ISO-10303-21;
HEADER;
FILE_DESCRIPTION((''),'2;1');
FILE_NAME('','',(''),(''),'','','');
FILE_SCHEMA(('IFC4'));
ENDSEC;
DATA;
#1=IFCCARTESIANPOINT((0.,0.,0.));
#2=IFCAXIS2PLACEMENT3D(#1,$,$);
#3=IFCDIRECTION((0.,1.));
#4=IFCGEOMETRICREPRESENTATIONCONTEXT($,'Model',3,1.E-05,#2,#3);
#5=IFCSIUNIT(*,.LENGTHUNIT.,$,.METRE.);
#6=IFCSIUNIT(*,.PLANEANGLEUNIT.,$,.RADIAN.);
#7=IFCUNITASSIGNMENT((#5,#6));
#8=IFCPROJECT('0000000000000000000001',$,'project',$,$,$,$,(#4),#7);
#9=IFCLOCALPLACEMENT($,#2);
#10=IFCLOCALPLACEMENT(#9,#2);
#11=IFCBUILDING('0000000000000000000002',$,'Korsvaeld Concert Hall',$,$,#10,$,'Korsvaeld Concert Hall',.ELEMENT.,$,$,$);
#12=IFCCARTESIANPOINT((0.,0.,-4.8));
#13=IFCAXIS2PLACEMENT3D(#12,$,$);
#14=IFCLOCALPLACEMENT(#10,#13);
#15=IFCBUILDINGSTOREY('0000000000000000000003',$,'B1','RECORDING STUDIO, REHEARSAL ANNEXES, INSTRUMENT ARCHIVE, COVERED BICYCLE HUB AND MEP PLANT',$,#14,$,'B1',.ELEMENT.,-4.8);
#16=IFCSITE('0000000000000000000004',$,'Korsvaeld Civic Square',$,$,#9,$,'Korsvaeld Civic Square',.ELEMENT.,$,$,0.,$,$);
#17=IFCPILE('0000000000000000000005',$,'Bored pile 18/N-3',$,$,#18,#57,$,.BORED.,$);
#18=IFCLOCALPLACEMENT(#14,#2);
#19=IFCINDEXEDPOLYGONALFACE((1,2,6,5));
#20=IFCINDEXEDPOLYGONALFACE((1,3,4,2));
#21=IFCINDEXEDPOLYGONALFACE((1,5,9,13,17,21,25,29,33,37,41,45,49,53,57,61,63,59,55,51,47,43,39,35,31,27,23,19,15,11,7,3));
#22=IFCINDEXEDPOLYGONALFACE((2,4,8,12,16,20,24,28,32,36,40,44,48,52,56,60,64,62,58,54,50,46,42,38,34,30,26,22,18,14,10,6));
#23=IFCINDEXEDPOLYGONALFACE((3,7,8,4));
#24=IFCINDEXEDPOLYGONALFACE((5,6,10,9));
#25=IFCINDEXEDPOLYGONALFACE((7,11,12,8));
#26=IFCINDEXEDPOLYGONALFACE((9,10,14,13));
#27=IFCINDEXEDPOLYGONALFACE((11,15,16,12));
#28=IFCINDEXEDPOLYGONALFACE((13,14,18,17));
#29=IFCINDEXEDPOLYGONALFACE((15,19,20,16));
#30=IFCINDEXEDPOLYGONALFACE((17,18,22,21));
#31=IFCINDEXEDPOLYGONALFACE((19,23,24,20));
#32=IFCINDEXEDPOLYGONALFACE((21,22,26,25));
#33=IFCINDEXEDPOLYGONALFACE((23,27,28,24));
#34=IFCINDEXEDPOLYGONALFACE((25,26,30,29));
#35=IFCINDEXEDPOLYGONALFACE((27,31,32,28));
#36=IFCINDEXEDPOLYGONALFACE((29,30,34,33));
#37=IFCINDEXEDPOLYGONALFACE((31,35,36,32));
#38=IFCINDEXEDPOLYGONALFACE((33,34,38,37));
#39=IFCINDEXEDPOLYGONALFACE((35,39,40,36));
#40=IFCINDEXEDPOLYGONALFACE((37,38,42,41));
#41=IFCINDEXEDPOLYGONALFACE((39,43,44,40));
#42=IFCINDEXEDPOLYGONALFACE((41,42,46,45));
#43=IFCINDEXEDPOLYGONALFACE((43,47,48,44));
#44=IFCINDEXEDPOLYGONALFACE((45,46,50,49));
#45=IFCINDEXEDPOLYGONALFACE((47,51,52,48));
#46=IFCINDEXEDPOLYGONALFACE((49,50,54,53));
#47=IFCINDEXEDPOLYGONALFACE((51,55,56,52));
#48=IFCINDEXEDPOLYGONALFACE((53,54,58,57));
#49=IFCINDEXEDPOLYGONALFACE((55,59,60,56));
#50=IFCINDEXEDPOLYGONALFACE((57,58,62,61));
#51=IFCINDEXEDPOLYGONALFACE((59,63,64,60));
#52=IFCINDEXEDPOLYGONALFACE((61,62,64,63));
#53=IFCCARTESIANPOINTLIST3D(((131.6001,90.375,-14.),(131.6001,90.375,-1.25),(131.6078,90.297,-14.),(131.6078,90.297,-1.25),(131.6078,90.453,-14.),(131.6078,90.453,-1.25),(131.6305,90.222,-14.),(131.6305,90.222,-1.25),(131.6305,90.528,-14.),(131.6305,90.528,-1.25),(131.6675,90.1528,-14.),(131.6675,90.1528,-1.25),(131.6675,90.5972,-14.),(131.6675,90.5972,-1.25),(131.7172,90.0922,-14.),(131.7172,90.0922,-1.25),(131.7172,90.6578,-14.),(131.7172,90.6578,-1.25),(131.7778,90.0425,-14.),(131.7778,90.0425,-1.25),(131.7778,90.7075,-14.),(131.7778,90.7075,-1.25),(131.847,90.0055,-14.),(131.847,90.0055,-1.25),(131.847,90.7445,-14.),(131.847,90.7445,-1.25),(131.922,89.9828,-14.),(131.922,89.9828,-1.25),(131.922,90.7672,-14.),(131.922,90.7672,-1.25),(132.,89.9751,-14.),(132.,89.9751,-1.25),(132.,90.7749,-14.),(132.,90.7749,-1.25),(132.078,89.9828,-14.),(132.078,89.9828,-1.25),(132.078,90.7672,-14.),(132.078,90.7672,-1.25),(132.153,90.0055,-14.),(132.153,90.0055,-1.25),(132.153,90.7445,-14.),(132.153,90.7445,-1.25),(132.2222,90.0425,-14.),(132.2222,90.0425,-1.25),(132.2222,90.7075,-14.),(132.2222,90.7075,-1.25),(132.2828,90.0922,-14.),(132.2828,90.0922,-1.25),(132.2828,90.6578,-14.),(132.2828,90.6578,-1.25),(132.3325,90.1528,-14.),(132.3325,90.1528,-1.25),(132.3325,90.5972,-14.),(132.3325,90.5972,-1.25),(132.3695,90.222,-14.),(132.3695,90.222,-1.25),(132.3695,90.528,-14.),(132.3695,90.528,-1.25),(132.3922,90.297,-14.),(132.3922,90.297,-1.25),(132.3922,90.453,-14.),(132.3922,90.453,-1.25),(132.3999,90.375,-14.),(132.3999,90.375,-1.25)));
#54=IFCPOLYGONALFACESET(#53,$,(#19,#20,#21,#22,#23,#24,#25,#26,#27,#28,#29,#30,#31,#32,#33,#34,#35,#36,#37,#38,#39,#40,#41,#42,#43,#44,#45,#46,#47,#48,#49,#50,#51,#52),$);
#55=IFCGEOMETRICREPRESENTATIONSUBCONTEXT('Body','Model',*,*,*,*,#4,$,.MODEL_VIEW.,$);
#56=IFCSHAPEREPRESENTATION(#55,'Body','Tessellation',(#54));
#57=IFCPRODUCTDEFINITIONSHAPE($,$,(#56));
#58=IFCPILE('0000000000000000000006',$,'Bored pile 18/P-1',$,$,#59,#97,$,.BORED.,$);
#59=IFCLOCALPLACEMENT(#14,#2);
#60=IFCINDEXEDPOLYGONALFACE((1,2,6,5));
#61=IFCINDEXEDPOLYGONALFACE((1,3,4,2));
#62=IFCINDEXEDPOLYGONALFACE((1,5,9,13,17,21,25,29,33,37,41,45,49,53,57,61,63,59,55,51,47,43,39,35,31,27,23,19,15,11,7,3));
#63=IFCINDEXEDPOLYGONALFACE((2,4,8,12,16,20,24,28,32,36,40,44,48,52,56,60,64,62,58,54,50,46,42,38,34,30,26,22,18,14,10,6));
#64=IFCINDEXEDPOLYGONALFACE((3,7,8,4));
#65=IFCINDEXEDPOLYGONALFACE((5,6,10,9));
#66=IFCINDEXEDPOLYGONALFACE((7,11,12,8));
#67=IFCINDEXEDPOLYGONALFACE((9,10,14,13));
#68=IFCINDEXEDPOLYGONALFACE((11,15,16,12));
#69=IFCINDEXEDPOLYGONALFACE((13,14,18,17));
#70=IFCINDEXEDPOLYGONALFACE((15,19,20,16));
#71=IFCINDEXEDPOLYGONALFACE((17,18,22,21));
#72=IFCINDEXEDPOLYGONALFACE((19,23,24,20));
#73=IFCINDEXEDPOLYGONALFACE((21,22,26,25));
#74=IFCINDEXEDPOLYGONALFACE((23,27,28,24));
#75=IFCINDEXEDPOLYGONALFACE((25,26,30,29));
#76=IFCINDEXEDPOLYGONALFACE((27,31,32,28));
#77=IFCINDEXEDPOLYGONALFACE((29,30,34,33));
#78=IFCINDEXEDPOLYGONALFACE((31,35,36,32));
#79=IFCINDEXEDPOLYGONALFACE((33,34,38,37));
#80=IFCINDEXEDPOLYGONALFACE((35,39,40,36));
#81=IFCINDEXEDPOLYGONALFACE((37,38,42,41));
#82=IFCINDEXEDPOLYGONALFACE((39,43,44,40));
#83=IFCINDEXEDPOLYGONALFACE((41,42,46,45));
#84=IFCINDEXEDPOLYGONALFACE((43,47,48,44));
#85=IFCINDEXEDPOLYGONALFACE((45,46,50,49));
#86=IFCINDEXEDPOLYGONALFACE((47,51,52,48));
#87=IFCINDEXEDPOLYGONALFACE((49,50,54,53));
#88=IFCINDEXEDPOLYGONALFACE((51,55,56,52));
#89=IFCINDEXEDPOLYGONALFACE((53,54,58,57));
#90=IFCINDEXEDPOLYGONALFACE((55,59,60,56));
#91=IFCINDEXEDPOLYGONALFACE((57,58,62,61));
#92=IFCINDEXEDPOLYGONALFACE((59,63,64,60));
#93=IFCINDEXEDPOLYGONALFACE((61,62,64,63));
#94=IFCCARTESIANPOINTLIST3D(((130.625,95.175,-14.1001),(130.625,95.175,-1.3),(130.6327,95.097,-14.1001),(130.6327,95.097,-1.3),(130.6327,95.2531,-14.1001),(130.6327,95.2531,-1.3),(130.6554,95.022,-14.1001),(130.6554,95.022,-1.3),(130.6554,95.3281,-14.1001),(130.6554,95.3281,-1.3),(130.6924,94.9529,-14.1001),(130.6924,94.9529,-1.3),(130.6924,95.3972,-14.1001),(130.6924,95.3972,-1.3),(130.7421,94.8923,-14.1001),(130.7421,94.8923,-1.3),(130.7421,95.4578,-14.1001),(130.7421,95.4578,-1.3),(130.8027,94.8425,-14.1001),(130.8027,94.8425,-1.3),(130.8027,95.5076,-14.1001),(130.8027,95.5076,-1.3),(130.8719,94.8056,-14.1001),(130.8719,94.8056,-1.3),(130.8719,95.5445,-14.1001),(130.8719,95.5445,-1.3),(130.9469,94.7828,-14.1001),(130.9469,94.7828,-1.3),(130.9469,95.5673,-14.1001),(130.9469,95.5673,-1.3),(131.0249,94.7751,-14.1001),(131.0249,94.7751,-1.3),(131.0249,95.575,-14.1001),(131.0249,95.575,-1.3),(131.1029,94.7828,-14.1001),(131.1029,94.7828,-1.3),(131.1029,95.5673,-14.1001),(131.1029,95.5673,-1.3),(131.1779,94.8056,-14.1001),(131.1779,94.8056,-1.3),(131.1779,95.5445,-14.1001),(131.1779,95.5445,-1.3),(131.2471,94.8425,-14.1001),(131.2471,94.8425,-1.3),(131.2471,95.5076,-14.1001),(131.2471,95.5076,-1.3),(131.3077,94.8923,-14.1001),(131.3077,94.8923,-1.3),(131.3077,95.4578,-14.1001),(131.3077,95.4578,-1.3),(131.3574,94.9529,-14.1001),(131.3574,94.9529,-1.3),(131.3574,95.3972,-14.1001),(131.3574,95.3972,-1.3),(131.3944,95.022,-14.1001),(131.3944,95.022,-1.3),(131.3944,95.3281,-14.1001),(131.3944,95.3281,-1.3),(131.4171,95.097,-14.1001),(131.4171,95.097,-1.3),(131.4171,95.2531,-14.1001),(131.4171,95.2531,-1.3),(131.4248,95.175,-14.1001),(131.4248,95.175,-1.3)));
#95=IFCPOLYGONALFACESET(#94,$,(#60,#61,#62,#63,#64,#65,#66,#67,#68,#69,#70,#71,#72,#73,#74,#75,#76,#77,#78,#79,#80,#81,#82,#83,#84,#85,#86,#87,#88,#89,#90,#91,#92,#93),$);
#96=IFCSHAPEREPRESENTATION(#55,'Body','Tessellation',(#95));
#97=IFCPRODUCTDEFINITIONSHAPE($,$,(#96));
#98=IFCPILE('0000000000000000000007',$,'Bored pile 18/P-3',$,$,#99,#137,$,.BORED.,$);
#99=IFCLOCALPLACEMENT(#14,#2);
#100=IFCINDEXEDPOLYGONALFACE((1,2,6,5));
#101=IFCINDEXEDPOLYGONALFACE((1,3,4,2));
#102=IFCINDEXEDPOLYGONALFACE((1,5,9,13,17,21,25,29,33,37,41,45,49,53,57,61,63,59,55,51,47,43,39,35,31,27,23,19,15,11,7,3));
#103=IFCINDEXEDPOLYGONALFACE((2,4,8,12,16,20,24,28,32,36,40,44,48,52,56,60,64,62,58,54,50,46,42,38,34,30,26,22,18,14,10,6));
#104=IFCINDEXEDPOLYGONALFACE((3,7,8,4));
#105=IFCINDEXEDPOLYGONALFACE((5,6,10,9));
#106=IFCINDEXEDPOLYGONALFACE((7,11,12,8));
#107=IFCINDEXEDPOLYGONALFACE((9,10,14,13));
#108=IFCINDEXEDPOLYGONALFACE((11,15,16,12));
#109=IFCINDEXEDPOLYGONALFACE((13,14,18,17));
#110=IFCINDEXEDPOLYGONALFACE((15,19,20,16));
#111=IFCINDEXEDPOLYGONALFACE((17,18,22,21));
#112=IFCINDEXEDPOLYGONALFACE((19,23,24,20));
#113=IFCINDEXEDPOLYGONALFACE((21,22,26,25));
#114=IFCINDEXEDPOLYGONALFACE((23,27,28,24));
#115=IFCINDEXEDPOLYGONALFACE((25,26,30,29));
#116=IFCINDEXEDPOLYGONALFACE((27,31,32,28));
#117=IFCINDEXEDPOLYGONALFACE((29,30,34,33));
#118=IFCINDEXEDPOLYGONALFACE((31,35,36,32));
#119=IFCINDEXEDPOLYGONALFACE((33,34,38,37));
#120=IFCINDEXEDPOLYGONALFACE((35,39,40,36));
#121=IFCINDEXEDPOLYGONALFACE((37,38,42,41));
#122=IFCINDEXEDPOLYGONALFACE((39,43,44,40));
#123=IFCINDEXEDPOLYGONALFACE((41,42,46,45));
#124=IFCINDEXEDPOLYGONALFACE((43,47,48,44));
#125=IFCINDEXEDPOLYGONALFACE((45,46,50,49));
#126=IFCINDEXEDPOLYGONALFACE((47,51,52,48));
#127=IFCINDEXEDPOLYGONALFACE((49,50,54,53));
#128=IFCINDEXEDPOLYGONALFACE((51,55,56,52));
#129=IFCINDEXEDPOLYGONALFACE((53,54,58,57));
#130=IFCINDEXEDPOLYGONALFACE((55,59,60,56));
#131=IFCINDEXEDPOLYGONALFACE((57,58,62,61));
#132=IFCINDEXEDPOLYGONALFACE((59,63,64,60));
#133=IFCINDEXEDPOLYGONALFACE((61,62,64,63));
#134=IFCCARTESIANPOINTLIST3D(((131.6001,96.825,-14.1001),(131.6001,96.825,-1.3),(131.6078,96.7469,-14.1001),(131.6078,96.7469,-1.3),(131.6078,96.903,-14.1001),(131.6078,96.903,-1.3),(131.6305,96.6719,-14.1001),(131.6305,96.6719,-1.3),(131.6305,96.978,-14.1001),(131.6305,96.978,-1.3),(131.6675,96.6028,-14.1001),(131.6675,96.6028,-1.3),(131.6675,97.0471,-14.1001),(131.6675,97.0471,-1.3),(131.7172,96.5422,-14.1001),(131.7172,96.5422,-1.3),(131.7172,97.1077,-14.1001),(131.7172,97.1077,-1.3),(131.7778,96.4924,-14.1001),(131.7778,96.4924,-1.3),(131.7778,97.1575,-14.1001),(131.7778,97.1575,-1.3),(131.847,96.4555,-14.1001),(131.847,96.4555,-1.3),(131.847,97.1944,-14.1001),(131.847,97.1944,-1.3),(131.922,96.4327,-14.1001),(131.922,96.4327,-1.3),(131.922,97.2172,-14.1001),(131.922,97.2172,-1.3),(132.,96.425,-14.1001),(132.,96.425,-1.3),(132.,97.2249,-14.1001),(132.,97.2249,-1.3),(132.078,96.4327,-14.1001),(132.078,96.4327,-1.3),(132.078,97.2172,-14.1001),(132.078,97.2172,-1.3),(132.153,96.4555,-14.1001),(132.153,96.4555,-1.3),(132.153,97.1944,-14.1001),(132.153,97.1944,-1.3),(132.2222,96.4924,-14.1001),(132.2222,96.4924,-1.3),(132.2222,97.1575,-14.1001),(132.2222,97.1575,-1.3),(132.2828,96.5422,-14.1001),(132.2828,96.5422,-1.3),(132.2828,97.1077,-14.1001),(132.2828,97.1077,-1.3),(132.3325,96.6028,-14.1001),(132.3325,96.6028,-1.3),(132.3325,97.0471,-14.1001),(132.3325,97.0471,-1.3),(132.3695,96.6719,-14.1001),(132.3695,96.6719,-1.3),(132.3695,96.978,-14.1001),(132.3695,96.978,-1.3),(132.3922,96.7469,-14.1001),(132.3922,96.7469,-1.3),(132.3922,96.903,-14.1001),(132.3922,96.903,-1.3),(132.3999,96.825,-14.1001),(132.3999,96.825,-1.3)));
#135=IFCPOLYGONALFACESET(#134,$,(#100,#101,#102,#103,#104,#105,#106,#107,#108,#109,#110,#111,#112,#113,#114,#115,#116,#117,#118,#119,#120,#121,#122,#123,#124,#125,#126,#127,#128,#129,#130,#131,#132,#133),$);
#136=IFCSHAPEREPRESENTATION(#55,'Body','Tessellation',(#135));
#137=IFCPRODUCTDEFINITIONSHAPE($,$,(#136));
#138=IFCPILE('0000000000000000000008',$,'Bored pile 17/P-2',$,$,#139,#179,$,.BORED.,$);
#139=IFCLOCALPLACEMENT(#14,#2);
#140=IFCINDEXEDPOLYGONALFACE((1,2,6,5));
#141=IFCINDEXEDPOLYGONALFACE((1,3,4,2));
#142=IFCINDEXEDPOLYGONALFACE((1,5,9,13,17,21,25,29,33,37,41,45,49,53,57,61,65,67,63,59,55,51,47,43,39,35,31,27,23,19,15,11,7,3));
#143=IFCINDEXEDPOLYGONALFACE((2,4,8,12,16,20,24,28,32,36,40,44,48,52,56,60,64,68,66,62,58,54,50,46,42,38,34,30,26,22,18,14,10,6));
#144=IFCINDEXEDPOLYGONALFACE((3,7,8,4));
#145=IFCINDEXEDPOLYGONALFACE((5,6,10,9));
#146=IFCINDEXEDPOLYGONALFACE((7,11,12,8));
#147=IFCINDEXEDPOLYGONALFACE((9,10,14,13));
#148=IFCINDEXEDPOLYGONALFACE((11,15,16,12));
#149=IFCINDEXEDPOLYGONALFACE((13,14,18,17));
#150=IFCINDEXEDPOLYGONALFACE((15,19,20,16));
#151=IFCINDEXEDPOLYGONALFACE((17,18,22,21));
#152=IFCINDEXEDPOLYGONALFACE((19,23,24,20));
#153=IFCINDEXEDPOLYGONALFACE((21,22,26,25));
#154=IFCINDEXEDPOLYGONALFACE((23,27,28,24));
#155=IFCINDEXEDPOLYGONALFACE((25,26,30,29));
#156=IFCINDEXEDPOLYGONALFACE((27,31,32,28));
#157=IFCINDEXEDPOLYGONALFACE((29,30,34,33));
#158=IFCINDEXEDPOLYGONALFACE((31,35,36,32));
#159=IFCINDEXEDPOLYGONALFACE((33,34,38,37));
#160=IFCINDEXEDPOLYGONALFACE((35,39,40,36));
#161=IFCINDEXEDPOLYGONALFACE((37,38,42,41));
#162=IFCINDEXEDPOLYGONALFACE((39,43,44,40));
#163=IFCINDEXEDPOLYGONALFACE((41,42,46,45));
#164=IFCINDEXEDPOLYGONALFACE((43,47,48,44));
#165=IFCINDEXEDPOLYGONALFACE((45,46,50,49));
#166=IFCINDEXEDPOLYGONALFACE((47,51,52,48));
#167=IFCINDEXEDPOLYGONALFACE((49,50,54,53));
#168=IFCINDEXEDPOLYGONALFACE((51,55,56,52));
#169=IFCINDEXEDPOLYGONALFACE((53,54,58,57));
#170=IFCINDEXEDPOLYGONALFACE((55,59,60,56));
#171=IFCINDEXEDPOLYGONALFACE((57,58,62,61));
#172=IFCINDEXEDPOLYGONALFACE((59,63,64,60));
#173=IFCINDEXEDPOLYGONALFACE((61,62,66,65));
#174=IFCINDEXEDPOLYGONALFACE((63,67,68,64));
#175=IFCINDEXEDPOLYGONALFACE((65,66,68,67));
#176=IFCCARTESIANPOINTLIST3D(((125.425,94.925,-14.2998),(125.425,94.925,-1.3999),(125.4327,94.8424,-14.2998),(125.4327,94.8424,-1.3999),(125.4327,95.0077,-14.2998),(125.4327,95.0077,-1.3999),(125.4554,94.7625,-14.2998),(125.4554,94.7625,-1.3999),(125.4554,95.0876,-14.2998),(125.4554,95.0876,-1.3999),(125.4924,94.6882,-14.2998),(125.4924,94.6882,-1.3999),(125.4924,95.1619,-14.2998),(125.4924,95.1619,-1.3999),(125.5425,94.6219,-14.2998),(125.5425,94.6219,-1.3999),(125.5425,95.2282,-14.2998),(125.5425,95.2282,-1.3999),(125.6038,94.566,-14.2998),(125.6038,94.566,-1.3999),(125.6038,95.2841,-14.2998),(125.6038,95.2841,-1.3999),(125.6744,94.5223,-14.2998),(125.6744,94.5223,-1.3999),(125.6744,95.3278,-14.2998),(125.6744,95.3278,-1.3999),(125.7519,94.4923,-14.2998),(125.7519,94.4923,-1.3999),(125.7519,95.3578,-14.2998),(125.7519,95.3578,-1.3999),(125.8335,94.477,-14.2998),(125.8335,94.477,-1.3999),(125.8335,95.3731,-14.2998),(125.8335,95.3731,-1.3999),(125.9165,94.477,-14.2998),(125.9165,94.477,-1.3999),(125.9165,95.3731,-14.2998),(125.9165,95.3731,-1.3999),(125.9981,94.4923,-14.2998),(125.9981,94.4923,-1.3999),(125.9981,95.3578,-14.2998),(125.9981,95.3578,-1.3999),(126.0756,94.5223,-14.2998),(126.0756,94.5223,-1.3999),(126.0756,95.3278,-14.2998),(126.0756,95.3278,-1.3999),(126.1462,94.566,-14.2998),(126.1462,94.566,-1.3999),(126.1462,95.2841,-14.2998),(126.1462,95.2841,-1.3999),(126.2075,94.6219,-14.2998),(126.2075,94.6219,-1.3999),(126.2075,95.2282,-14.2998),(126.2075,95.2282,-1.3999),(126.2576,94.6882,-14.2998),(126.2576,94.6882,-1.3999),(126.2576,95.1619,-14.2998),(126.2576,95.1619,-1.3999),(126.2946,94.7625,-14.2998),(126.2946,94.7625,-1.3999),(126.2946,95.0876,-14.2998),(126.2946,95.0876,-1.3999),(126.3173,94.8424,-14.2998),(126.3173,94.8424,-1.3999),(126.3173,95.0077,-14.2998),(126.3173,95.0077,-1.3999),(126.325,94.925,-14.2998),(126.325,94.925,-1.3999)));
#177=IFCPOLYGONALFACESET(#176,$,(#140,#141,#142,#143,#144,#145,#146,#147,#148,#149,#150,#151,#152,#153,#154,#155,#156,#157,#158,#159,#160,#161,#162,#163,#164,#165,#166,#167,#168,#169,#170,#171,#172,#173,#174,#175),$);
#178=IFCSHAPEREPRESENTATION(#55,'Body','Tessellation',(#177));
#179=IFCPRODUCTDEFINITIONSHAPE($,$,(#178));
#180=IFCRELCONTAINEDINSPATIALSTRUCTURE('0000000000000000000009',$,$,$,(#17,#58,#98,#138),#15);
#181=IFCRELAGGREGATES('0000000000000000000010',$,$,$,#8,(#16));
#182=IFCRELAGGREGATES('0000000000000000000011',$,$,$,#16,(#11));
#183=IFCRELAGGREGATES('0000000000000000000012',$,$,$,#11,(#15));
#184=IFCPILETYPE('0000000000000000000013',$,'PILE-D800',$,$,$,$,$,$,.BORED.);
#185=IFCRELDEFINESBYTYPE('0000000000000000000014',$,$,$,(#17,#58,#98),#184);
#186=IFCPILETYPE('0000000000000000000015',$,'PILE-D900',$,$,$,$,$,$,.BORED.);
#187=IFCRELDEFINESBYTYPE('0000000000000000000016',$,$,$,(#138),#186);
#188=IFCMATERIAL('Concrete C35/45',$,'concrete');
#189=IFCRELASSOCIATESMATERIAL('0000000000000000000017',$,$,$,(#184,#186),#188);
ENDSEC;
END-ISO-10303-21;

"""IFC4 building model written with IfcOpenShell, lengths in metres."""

from ifc_helpers import new_model, si_unit, direction, frame, origin, origin_2d, place, context, subcontext, project, spatial, circle, extrude, material, material_profile, profile_set, type_object, element, save


model = new_model("IFC4")

# Units and contexts
model_context = context("Model", 3, precision=1e-05, world=origin(), true_north=direction((0.0, 1.0)))
body_context = subcontext(model_context, "Body", "Model", "MODEL_VIEW")
ifc_project = project(units=[si_unit("LENGTHUNIT", "METRE"), si_unit("PLANEANGLEUNIT", "RADIAN")], contexts=[model_context])

# Site, building, storey
site_placement = place(None, origin())
site = spatial("IfcSite", under=ifc_project, at=site_placement, Name="Korsvaeld Civic Square", LongName="Korsvaeld Civic Square", CompositionType="ELEMENT", RefElevation=0.0)
building_placement = place(site_placement, origin())
building = spatial("IfcBuilding", under=site, at=building_placement, Name="Korsvaeld Concert Hall", LongName="Korsvaeld Concert Hall", CompositionType="ELEMENT")
storey_placement = place(building_placement, frame((0.0, 0.0, -4.8)))
storey = spatial("IfcBuildingStorey", under=building, at=storey_placement, Name="B1", Description="RECORDING STUDIO, REHEARSAL ANNEXES, INSTRUMENT ARCHIVE, COVERED BICYCLE HUB AND MEP PLANT", LongName="B1", CompositionType="ELEMENT", Elevation=-4.8)

# Shared definitions
ifc_material_1 = material(Name="Concrete C35/45", Category="concrete")

# Piles
ifc_material_profile_1 = material_profile(ifc_material_1, circle(Radius=0.3999, at=origin_2d()), Name="BORED PILE D800")
ifc_profile_set_1 = profile_set([ifc_material_profile_1], Name="Concrete C35/45")
pile_type_1 = type_object("IfcPileType", Name="PILE-D800", PredefinedType="BORED", material=ifc_profile_set_1)
pile_1_placement = place(storey_placement, frame((132.0, 90.375, -1.25), z_axis=(0.0, 0.0, -1.0), x_axis=(1.0, 0.0, 0.0)))
element("IfcPile", 1, at=pile_1_placement, inside=storey, type_object=pile_type_1, Name="Bored pile 18/N-3", PredefinedType="BORED", context=body_context, shape_type="SweptSolid", body=[
    extrude(circle(Radius=0.3999, at=origin_2d()), origin(), (0.0, 0.0, 1.0), 12.75),
])
for number, where, z_axis, x_axis, name in (
    (2, (131.0249, 95.175, -1.3), (0.0, 0.0, -1.0), (1.0, 0.0, 0.0), "Bored pile 18/P-1"),
    (3, (132.0, 96.825, -1.3), (0.0, 0.0, -1.0), (1.0, 0.0, 0.0), "Bored pile 18/P-3"),
):
    element("IfcPile", number, at=place(storey_placement, frame(where, z_axis=z_axis, x_axis=x_axis)), inside=storey, type_object=pile_type_1, Name=name, PredefinedType="BORED", context=body_context, shape_type="SweptSolid", body=[
        extrude(circle(Radius=0.3999, at=origin_2d()), origin(), (0.0, 0.0, 1.0), 12.8),
    ])
ifc_material_profile_2 = material_profile(ifc_material_1, circle(Radius=0.45, at=origin_2d()), Name="BORED PILE D900")
ifc_profile_set_2 = profile_set([ifc_material_profile_2], Name="Concrete C35/45")
pile_type_2 = type_object("IfcPileType", Name="PILE-D900", PredefinedType="BORED", material=ifc_profile_set_2)
for number, where, z_axis, x_axis, name in (
    (4, (125.875, 94.925, -1.3999), (0.0, 0.0, -1.0), (1.0, 0.0, 0.0), "Bored pile 17/P-2"),
):
    element("IfcPile", number, at=place(storey_placement, frame(where, z_axis=z_axis, x_axis=x_axis)), inside=storey, type_object=pile_type_2, Name=name, PredefinedType="BORED", context=body_context, shape_type="SweptSolid", body=[
        extrude(circle(Radius=0.45, at=origin_2d()), origin(), (0.0, 0.0, 1.0), 12.8999),
    ])

save(model, "model.ifc")
